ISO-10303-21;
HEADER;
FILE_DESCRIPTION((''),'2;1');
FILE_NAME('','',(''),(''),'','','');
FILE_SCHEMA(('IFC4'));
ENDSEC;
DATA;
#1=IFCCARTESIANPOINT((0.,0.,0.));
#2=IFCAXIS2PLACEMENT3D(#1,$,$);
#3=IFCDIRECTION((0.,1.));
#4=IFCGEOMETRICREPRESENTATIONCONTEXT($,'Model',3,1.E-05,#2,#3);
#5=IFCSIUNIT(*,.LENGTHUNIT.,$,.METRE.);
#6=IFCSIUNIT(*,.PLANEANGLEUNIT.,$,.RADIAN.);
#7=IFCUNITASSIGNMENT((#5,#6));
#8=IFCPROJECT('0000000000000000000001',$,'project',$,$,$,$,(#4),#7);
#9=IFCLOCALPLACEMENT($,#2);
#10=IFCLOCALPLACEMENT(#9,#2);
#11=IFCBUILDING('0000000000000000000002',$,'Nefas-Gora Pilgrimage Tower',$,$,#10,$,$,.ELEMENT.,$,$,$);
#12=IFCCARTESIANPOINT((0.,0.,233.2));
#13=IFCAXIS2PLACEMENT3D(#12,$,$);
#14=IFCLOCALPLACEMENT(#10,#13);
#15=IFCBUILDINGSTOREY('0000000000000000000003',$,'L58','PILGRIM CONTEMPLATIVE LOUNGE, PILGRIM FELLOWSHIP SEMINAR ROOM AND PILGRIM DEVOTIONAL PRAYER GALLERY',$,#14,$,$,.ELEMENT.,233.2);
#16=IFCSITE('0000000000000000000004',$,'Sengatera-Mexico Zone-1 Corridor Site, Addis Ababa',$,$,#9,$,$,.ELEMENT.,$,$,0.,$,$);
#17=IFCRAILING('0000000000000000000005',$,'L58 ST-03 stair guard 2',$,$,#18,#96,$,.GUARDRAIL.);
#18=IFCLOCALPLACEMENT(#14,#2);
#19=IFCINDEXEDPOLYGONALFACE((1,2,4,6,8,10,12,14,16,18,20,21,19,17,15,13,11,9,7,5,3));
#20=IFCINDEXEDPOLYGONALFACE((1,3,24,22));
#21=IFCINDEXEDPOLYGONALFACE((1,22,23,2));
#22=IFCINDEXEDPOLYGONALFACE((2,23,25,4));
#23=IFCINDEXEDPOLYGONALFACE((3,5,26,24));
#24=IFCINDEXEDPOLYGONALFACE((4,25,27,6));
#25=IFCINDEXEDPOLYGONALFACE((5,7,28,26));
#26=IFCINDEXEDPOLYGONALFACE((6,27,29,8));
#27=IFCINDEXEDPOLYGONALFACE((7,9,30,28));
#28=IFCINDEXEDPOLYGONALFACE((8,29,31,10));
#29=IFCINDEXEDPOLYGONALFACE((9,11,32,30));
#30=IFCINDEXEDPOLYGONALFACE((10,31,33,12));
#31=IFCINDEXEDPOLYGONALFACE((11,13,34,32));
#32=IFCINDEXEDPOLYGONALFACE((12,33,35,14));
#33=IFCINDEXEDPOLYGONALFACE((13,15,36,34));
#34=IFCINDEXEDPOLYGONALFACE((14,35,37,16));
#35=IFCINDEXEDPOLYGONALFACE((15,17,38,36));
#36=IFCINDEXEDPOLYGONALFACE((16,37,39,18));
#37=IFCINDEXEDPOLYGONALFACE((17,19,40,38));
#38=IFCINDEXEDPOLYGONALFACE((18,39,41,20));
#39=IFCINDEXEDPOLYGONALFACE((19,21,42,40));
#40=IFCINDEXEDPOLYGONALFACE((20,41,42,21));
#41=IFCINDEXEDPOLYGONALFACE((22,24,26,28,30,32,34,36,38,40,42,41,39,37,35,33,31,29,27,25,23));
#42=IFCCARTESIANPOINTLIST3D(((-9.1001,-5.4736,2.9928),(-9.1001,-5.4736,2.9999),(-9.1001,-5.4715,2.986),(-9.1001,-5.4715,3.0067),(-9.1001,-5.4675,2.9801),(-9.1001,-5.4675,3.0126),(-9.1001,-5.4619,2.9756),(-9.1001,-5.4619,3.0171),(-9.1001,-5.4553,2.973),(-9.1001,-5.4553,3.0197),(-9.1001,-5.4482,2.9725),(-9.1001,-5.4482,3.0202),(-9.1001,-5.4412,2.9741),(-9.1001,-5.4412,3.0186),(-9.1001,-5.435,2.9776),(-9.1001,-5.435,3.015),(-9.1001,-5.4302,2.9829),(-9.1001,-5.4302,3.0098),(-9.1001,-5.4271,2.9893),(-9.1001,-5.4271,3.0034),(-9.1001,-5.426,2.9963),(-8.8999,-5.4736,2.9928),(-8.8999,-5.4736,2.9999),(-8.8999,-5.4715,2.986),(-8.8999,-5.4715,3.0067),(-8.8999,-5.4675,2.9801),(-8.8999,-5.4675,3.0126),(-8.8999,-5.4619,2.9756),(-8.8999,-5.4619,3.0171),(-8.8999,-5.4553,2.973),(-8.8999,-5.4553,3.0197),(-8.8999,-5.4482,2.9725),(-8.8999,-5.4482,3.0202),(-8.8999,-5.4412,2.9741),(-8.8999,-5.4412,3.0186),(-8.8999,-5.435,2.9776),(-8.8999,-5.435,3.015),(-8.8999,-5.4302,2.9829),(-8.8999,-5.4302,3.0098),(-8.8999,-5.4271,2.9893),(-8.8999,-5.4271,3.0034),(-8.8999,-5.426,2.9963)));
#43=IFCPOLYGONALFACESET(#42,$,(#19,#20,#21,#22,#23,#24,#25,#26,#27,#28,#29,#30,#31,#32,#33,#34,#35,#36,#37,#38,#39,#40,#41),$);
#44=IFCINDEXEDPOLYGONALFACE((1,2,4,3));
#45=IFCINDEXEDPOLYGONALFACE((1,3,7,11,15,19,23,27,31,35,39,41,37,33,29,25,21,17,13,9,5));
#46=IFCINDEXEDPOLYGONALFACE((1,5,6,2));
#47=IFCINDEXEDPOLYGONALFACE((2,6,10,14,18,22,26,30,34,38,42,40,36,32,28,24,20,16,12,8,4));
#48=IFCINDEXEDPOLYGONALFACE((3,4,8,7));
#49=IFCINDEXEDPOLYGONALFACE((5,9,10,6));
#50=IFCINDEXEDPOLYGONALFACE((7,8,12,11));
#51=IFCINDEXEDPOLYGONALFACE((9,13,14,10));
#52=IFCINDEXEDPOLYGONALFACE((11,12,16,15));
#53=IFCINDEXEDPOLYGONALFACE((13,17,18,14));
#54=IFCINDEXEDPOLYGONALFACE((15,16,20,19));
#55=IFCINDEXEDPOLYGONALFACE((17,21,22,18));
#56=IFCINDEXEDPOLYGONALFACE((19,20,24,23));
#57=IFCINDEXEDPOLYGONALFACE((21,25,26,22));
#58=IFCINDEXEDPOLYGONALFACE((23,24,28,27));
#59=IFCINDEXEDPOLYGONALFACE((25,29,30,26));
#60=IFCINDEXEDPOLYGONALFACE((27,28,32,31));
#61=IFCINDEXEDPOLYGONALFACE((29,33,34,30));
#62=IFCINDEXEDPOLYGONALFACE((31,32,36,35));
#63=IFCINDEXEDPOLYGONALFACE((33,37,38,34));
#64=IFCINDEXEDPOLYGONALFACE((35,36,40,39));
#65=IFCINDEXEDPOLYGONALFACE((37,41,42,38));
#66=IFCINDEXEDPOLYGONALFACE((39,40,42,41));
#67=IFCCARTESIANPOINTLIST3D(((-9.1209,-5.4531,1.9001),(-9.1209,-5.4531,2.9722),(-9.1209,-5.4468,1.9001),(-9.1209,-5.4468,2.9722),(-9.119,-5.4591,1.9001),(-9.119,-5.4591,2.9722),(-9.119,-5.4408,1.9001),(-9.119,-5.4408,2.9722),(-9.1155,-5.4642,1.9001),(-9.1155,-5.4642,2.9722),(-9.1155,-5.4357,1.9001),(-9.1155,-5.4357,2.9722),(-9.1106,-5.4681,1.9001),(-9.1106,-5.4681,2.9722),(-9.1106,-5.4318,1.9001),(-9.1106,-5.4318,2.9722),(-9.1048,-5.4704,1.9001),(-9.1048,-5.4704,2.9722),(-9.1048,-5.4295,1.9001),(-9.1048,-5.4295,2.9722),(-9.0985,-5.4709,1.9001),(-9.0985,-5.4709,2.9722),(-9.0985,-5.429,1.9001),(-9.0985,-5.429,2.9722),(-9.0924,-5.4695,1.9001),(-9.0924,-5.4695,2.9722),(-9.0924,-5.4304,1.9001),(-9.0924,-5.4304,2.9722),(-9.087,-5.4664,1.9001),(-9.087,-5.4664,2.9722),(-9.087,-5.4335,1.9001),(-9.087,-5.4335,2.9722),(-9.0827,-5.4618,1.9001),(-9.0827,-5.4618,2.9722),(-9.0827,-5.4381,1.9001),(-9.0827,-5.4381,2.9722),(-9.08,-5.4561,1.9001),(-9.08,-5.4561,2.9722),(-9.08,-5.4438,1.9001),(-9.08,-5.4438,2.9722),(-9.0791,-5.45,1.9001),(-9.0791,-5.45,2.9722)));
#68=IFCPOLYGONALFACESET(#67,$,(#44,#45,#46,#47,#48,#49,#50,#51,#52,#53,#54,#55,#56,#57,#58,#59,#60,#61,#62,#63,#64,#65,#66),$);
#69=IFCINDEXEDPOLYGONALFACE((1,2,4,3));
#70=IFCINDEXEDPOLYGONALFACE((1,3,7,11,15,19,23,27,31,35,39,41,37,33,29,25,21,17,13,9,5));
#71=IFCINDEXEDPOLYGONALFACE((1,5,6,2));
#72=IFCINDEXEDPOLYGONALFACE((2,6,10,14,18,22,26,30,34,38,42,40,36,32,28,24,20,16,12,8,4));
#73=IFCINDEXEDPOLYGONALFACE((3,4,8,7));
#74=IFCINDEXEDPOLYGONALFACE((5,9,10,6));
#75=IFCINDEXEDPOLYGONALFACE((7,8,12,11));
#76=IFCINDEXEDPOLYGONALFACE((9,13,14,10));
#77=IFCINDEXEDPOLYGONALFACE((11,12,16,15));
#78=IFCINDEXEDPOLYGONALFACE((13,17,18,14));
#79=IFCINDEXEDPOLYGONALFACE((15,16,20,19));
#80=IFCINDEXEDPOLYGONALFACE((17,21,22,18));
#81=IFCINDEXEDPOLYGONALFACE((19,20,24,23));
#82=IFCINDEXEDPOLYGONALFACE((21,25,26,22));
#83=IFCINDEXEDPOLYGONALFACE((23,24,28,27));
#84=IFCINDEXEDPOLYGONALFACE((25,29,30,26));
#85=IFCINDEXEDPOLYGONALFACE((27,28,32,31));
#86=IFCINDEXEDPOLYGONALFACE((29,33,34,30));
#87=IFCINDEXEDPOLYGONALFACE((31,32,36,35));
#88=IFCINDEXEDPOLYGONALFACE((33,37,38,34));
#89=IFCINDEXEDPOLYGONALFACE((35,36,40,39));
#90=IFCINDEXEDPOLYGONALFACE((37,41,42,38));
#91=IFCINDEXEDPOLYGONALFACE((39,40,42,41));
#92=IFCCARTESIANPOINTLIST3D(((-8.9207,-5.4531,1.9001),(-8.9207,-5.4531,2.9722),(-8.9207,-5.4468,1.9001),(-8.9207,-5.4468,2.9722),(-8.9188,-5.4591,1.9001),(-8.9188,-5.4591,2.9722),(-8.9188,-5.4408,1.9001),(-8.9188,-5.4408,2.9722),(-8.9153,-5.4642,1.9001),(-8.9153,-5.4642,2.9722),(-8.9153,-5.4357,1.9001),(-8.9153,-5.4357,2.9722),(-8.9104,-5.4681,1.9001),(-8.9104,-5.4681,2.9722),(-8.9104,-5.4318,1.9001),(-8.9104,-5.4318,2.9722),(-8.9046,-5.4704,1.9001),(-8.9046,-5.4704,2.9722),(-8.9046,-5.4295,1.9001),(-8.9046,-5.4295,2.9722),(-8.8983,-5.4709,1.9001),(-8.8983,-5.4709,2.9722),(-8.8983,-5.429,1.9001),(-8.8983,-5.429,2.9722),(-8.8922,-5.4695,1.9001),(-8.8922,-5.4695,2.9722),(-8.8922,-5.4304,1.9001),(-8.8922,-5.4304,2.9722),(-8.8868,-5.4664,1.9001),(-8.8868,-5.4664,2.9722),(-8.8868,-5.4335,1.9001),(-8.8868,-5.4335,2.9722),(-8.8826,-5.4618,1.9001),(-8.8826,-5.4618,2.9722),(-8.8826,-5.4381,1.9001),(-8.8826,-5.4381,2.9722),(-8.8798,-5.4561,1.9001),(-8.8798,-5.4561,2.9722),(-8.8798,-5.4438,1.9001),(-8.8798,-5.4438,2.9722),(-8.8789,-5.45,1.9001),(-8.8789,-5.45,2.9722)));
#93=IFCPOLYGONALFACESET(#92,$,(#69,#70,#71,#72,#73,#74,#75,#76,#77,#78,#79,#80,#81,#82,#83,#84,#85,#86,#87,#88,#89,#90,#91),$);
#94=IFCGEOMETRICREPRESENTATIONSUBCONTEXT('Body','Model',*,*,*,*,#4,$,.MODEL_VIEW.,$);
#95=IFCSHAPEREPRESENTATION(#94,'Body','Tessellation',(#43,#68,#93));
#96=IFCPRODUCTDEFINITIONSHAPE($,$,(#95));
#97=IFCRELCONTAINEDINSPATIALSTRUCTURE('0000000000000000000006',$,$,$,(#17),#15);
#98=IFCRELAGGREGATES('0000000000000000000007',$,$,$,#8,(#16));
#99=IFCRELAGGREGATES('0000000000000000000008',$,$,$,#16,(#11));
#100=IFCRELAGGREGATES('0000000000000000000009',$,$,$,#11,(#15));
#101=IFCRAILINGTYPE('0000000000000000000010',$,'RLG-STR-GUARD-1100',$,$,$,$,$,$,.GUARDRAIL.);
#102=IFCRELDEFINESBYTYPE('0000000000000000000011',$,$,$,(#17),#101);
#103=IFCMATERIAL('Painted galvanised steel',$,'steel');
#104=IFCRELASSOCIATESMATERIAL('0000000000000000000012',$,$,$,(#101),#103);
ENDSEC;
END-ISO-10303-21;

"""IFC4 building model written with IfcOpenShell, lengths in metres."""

from ifc_helpers import new_model, si_unit, direction, frame, origin, origin_2d, place, context, subcontext, project, spatial, circle, extrude, material, type_object, element, save


model = new_model("IFC4")

# Units and contexts
model_context = context("Model", 3, precision=1e-05, world=origin(), true_north=direction((0.0, 1.0)))
body_context = subcontext(model_context, "Body", "Model", "MODEL_VIEW")
ifc_project = project(units=[si_unit("LENGTHUNIT", "METRE"), si_unit("PLANEANGLEUNIT", "RADIAN")], contexts=[model_context])

# Site, building, storey
site_placement = place(None, origin())
site = spatial("IfcSite", under=ifc_project, at=site_placement, Name="Sengatera-Mexico Zone-1 Corridor Site, Addis Ababa", CompositionType="ELEMENT", RefElevation=0.0)
building_placement = place(site_placement, origin())
building = spatial("IfcBuilding", under=site, at=building_placement, Name="Nefas-Gora Pilgrimage Tower", CompositionType="ELEMENT")
storey_placement = place(building_placement, frame((0.0, 0.0, 233.2)))
storey = spatial("IfcBuildingStorey", under=building, at=storey_placement, Name="L58", Description="PILGRIM CONTEMPLATIVE LOUNGE, PILGRIM FELLOWSHIP SEMINAR ROOM AND PILGRIM DEVOTIONAL PRAYER GALLERY", CompositionType="ELEMENT", Elevation=233.2)

# Railing
ifc_material_1 = material(Name="Painted galvanised steel", Category="steel")
railing_type_1 = type_object("IfcRailingType", Name="RLG-STR-GUARD-1100", PredefinedType="GUARDRAIL", material=ifc_material_1)
railing_1_placement = place(storey_placement, frame((-9.1001, -5.45, 1.9001)))
element("IfcRailing", 1, at=railing_1_placement, inside=storey, type_object=railing_type_1, Name="L58 ST-03 stair guard 2", PredefinedType="GUARDRAIL", context=body_context, shape_type="SweptSolid", body=[
    extrude(circle(Radius=0.0239, at=origin_2d()), frame((0.0, 0.0, 1.0962), z_axis=(1.0, 0.0, 0.0), x_axis=(0.0, 1.0, 0.0)), (0.0, 0.0, 1.0), 0.2002),
    extrude(circle(Radius=0.021, at=origin_2d()), origin(), (0.0, 0.0, 1.0), 1.072),
    extrude(circle(Radius=0.021, at=origin_2d()), frame((0.2002, 0.0, 0.0)), (0.0, 0.0, 1.0), 1.072),
])

save(model, "model.ifc")
